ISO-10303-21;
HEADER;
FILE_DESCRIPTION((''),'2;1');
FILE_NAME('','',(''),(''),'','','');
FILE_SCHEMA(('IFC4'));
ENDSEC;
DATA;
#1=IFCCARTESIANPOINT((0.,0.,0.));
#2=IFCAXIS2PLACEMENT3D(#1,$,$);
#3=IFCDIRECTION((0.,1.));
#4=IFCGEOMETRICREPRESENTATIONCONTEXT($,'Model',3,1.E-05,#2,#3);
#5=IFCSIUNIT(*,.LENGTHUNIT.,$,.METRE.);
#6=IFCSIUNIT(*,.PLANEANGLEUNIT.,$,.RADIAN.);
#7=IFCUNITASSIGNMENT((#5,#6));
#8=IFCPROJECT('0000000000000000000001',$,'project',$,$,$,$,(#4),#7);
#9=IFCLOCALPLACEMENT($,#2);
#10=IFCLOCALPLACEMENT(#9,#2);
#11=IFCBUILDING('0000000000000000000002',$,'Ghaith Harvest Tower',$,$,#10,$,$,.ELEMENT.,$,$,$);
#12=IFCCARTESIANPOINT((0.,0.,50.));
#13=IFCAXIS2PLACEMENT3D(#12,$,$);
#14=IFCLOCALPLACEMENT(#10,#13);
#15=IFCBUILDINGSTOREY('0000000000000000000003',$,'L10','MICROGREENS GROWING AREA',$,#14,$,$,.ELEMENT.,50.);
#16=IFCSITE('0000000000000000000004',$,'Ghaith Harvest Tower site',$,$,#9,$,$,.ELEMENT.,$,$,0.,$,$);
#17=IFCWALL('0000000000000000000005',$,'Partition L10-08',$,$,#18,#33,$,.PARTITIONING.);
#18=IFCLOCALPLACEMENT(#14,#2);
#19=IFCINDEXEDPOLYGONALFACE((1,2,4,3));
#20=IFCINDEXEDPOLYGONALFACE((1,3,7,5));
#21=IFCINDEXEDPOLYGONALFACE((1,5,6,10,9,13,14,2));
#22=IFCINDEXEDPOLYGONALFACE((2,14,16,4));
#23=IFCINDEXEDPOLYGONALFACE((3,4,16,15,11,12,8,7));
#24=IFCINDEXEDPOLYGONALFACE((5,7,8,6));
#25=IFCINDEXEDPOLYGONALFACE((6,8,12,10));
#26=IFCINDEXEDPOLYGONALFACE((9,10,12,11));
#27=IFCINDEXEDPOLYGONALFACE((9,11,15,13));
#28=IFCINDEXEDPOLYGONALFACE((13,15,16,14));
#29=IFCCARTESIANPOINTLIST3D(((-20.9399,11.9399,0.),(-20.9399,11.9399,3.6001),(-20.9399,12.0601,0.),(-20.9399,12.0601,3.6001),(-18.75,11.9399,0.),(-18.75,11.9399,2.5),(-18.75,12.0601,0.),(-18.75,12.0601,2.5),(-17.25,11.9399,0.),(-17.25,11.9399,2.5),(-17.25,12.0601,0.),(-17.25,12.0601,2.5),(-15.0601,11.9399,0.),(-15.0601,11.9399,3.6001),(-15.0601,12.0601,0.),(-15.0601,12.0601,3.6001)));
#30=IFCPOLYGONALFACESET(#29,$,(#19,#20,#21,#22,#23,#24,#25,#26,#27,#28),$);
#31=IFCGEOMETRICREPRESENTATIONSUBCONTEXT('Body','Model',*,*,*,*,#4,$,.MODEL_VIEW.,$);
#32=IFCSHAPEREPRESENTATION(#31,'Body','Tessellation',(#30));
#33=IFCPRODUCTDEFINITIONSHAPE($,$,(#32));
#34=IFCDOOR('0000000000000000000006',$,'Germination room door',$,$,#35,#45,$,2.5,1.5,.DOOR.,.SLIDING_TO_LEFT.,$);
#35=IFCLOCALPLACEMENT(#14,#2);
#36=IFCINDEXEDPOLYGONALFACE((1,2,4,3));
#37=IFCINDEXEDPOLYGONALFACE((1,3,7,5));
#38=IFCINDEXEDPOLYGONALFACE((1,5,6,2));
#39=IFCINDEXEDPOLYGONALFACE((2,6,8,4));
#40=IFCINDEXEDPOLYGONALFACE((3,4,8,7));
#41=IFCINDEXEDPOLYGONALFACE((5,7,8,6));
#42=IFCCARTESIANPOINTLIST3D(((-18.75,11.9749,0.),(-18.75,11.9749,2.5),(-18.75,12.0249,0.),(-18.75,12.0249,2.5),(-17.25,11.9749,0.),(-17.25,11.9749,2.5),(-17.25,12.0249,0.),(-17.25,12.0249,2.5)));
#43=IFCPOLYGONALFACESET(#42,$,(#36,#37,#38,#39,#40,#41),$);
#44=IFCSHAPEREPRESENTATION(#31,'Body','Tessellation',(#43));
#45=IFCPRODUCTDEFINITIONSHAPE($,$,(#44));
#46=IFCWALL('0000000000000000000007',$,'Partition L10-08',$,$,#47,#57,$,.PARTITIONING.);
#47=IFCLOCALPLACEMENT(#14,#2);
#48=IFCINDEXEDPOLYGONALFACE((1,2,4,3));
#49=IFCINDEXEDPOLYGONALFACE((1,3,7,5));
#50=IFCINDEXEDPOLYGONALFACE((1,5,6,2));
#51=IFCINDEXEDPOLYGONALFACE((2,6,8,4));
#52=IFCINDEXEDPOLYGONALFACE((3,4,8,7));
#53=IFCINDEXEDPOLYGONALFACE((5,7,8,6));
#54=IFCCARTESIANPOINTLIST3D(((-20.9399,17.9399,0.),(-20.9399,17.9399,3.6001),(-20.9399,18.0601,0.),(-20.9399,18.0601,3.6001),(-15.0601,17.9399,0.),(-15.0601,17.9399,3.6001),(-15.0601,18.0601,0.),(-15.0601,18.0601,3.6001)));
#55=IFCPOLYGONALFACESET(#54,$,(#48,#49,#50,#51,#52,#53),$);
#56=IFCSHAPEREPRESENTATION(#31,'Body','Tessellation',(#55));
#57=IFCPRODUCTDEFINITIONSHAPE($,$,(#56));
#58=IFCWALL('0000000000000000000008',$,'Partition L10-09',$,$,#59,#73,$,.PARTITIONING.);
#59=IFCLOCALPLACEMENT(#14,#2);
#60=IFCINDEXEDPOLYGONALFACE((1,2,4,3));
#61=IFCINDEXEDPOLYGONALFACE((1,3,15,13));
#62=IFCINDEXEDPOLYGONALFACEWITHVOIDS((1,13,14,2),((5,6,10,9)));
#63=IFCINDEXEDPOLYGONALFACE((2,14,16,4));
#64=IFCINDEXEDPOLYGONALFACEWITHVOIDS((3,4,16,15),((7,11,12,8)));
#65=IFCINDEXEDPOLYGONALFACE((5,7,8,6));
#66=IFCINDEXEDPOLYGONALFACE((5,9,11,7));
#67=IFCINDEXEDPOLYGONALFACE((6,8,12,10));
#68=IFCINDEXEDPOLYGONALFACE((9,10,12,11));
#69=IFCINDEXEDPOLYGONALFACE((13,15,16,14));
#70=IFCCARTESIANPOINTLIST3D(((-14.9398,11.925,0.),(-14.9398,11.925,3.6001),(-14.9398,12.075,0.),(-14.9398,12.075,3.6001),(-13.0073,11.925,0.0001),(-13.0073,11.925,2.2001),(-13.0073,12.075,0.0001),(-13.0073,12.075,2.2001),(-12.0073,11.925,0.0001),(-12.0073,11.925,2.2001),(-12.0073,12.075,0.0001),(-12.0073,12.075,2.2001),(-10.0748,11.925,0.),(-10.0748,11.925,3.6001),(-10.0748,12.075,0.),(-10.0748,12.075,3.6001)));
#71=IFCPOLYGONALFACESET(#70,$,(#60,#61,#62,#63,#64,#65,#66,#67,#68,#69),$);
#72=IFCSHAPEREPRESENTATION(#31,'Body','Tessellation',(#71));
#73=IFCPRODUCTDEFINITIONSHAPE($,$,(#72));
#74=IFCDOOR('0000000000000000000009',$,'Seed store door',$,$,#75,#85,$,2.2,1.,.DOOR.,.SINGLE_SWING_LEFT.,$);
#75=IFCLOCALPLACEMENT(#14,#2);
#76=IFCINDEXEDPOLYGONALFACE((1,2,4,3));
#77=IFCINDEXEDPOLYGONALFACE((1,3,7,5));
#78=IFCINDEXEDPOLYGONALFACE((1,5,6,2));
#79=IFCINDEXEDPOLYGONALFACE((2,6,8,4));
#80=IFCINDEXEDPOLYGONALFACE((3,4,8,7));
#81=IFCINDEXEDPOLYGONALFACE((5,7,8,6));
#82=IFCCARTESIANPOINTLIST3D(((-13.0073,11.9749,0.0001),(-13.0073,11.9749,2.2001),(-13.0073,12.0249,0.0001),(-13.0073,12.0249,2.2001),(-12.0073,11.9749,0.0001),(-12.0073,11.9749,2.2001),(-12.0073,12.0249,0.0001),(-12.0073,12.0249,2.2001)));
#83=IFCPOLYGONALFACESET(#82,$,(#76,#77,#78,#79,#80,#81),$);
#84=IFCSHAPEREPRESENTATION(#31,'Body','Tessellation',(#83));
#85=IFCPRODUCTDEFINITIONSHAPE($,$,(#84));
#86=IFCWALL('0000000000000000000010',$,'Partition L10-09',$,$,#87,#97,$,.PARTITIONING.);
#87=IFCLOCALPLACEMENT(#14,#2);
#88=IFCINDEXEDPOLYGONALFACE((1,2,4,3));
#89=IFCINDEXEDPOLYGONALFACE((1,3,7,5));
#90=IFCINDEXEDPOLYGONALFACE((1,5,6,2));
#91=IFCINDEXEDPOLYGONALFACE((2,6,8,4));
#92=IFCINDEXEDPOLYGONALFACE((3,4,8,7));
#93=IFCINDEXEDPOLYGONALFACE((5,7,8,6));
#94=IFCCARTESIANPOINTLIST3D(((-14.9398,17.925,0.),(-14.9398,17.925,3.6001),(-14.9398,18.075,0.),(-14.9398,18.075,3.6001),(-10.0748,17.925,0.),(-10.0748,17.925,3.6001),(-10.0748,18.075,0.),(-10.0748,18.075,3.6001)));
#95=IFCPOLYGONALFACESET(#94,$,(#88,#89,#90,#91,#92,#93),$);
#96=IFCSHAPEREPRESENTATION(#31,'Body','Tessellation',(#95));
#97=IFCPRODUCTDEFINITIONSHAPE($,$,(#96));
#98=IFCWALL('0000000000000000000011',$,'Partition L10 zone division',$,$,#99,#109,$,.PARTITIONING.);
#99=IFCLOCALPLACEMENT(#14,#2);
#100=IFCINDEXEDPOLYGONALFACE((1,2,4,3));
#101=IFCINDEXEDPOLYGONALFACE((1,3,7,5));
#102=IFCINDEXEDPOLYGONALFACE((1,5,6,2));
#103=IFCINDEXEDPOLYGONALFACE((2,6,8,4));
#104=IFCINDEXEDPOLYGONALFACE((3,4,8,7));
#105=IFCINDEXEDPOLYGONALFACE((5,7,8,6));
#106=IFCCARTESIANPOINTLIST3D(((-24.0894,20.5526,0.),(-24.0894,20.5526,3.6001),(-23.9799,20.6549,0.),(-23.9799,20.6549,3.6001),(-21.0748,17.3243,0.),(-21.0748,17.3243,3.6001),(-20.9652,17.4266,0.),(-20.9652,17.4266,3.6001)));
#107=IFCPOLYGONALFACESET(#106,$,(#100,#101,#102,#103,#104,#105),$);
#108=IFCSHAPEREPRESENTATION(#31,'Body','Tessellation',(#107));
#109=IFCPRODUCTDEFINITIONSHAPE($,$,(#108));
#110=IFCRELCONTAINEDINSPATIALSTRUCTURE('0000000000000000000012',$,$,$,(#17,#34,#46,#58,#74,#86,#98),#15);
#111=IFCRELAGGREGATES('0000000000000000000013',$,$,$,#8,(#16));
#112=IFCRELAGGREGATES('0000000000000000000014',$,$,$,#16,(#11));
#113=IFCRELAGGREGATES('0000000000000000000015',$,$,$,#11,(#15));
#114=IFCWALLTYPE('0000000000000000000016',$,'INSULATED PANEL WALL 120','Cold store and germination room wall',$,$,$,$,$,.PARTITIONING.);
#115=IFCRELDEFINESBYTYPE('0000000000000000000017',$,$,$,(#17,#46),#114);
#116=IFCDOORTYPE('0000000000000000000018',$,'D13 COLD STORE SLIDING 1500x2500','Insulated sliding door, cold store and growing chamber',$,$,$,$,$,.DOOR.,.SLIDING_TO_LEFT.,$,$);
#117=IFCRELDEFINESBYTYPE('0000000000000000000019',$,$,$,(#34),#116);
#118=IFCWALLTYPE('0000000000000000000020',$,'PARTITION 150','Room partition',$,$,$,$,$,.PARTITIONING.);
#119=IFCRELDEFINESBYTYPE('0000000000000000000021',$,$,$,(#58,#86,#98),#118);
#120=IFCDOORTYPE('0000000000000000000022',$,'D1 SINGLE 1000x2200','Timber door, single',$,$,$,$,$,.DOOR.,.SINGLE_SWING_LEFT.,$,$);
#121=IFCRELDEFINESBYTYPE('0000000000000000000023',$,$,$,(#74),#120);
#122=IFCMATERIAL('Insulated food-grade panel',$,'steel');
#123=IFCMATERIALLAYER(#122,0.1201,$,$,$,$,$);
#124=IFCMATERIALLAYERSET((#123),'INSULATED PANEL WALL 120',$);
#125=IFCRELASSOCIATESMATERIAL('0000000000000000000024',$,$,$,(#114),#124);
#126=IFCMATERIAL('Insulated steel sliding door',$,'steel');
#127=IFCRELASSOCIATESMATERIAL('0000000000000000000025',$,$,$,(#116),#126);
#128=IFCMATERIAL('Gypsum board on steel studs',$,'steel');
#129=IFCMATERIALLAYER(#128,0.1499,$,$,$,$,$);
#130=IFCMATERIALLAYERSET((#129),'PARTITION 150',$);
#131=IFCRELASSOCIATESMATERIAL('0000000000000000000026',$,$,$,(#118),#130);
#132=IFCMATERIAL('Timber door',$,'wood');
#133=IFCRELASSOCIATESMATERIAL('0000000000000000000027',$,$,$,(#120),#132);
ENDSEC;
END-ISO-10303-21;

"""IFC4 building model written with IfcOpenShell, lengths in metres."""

from ifc_helpers import new_model, si_unit, direction, frame, frame_2d, origin, place, context, subcontext, project, spatial, rectangle, extrude, material, layer, layer_set, type_object, element, fill, save


model = new_model("IFC4")

# Units and contexts
model_context = context("Model", 3, precision=1e-05, world=origin(), true_north=direction((0.0, 1.0)))
body_context = subcontext(model_context, "Body", "Model", "MODEL_VIEW")
ifc_project = project(units=[si_unit("LENGTHUNIT", "METRE"), si_unit("PLANEANGLEUNIT", "RADIAN")], contexts=[model_context])

# Site, building, storey
site_placement = place(None, origin())
site = spatial("IfcSite", under=ifc_project, at=site_placement, Name="Ghaith Harvest Tower site", CompositionType="ELEMENT", RefElevation=0.0)
building_placement = place(site_placement, origin())
building = spatial("IfcBuilding", under=site, at=building_placement, Name="Ghaith Harvest Tower", CompositionType="ELEMENT")
storey_placement = place(building_placement, frame((0.0, 0.0, 50.0)))
storey = spatial("IfcBuildingStorey", under=building, at=storey_placement, Name="L10", Description="MICROGREENS GROWING AREA", CompositionType="ELEMENT", Elevation=50.0)

# Shared definitions
ifc_material_1 = material(Name="Insulated food-grade panel", Category="steel")
ifc_layer_1 = layer(ifc_material_1, 0.1201)
ifc_layer_set_1 = layer_set([ifc_layer_1], Name="INSULATED PANEL WALL 120")
wall_type_1 = type_object("IfcWallType", Name="INSULATED PANEL WALL 120", Description="Cold store and germination room wall", PredefinedType="PARTITIONING", material=ifc_layer_set_1)

# Wall, opening, door
wall_1_placement = place(storey_placement, frame((-20.9399, 12.0, 0.0), z_axis=(0.0, 0.0, 1.0), x_axis=(1.0, 0.0, 0.0)))
wall_1 = element("IfcWall", 1, at=wall_1_placement, inside=storey, type_object=wall_type_1, Name="Partition L10-08", PredefinedType="PARTITIONING", context=body_context, shape_type="SweptSolid", body=[
    extrude(rectangle(XDim=5.8799, YDim=0.1201, at=frame_2d((2.9399, 0.0))), origin(), (0.0, 0.0, 1.0), 3.6001),
])
opening_1_placement = place(wall_1_placement, frame((2.1899, 0.0, 0.0)))
opening_1 = element("IfcOpeningElement", 2, at=opening_1_placement, cuts=wall_1, PredefinedType="OPENING", context=body_context, shape_type="SweptSolid", body=[
    extrude(rectangle(XDim=1.5, YDim=2.5, at=frame_2d((0.75, 1.25))), frame((0.0, 0.0701, 0.0), z_axis=(0.0, -1.0, 0.0), x_axis=(1.0, 0.0, 0.0)), (0.0, 0.0, 1.0), 0.1401),
])
ifc_material_2 = material(Name="Insulated steel sliding door", Category="steel")
door_type_1 = type_object("IfcDoorType", Name="D13 COLD STORE SLIDING 1500x2500", Description="Insulated sliding door, cold store and growing chamber", OperationType="SLIDING_TO_LEFT", PredefinedType="DOOR", material=ifc_material_2)
door_1_placement = place(opening_1_placement, origin())
door_1 = element("IfcDoor", 3, at=door_1_placement, inside=storey, type_object=door_type_1, Name="Germination room door", OperationType="SLIDING_TO_LEFT", OverallHeight=2.5, OverallWidth=1.5, PredefinedType="DOOR", context=body_context, shape_type="SweptSolid", body=[
    extrude(rectangle(XDim=1.5, YDim=2.5, at=frame_2d((0.75, 1.25))), frame((0.0, 0.0249, 0.0), z_axis=(0.0, -1.0, 0.0), x_axis=(1.0, 0.0, 0.0)), (0.0, 0.0, 1.0), 0.05),
])
fill(opening_1, door_1)

# Wall
wall_2_placement = place(storey_placement, frame((-20.9399, 18.0, 0.0), z_axis=(0.0, 0.0, 1.0), x_axis=(1.0, 0.0, 0.0)))
element("IfcWall", 4, at=wall_2_placement, inside=storey, type_object=wall_type_1, Name="Partition L10-08", PredefinedType="PARTITIONING", context=body_context, shape_type="SweptSolid", body=[
    extrude(rectangle(XDim=5.8799, YDim=0.1201, at=frame_2d((2.9399, 0.0))), origin(), (0.0, 0.0, 1.0), 3.6001),
])

# Wall, opening, door
ifc_material_3 = material(Name="Gypsum board on steel studs", Category="steel")
ifc_layer_2 = layer(ifc_material_3, 0.1499)
ifc_layer_set_2 = layer_set([ifc_layer_2], Name="PARTITION 150")
wall_type_2 = type_object("IfcWallType", Name="PARTITION 150", Description="Room partition", PredefinedType="PARTITIONING", material=ifc_layer_set_2)
wall_3_placement = place(storey_placement, frame((-14.9399, 12.0, 0.0), z_axis=(0.0, 0.0, 1.0), x_axis=(1.0, 0.0, 0.0)))
wall_3 = element("IfcWall", 5, at=wall_3_placement, inside=storey, type_object=wall_type_2, Name="Partition L10-09", PredefinedType="PARTITIONING", context=body_context, shape_type="SweptSolid", body=[
    extrude(rectangle(XDim=4.865, YDim=0.1499, at=frame_2d((2.4326, 0.0))), origin(), (0.0, 0.0, 1.0), 3.6001),
])
opening_2_placement = place(wall_3_placement, frame((1.9326, 0.0, 0.0)))
opening_2 = element("IfcOpeningElement", 6, at=opening_2_placement, cuts=wall_3, PredefinedType="OPENING", context=body_context, shape_type="SweptSolid", body=[
    extrude(rectangle(XDim=1.0, YDim=2.2, at=frame_2d((0.5, 1.1001))), frame((0.0, 0.085, 0.0), z_axis=(0.0, -1.0, 0.0), x_axis=(1.0, 0.0, 0.0)), (0.0, 0.0, 1.0), 0.1699),
])
ifc_material_4 = material(Name="Timber door", Category="wood")
door_type_2 = type_object("IfcDoorType", Name="D1 SINGLE 1000x2200", Description="Timber door, single", OperationType="SINGLE_SWING_LEFT", PredefinedType="DOOR", material=ifc_material_4)
door_2_placement = place(opening_2_placement, origin())
door_2 = element("IfcDoor", 7, at=door_2_placement, inside=storey, type_object=door_type_2, Name="Seed store door", OperationType="SINGLE_SWING_LEFT", OverallHeight=2.2, OverallWidth=1.0, PredefinedType="DOOR", context=body_context, shape_type="SweptSolid", body=[
    extrude(rectangle(XDim=1.0, YDim=2.2, at=frame_2d((0.5, 1.1001))), frame((0.0, 0.0249, 0.0), z_axis=(0.0, -1.0, 0.0), x_axis=(1.0, 0.0, 0.0)), (0.0, 0.0, 1.0), 0.05),
])
fill(opening_2, door_2)

# Walls
wall_4_placement = place(storey_placement, frame((-14.9399, 18.0, 0.0), z_axis=(0.0, 0.0, 1.0), x_axis=(1.0, 0.0, 0.0)))
element("IfcWall", 8, at=wall_4_placement, inside=storey, type_object=wall_type_2, Name="Partition L10-09", PredefinedType="PARTITIONING", context=body_context, shape_type="SweptSolid", body=[
    extrude(rectangle(XDim=4.865, YDim=0.1499, at=frame_2d((2.4326, 0.0))), origin(), (0.0, 0.0, 1.0), 3.6001),
])
wall_5_placement = place(storey_placement, frame((-21.02, 17.3755, 0.0), z_axis=(0.0, 0.0, 1.0), x_axis=(-0.682511, 0.730875, 0.0)))
element("IfcWall", 9, at=wall_5_placement, inside=storey, type_object=wall_type_2, Name="Partition L10 zone division", PredefinedType="PARTITIONING", context=body_context, shape_type="SweptSolid", body=[
    extrude(rectangle(XDim=4.417, YDim=0.1499, at=frame_2d((2.2085, 0.0))), origin(), (0.0, 0.0, 1.0), 3.6001),
])

save(model, "model.ifc")
